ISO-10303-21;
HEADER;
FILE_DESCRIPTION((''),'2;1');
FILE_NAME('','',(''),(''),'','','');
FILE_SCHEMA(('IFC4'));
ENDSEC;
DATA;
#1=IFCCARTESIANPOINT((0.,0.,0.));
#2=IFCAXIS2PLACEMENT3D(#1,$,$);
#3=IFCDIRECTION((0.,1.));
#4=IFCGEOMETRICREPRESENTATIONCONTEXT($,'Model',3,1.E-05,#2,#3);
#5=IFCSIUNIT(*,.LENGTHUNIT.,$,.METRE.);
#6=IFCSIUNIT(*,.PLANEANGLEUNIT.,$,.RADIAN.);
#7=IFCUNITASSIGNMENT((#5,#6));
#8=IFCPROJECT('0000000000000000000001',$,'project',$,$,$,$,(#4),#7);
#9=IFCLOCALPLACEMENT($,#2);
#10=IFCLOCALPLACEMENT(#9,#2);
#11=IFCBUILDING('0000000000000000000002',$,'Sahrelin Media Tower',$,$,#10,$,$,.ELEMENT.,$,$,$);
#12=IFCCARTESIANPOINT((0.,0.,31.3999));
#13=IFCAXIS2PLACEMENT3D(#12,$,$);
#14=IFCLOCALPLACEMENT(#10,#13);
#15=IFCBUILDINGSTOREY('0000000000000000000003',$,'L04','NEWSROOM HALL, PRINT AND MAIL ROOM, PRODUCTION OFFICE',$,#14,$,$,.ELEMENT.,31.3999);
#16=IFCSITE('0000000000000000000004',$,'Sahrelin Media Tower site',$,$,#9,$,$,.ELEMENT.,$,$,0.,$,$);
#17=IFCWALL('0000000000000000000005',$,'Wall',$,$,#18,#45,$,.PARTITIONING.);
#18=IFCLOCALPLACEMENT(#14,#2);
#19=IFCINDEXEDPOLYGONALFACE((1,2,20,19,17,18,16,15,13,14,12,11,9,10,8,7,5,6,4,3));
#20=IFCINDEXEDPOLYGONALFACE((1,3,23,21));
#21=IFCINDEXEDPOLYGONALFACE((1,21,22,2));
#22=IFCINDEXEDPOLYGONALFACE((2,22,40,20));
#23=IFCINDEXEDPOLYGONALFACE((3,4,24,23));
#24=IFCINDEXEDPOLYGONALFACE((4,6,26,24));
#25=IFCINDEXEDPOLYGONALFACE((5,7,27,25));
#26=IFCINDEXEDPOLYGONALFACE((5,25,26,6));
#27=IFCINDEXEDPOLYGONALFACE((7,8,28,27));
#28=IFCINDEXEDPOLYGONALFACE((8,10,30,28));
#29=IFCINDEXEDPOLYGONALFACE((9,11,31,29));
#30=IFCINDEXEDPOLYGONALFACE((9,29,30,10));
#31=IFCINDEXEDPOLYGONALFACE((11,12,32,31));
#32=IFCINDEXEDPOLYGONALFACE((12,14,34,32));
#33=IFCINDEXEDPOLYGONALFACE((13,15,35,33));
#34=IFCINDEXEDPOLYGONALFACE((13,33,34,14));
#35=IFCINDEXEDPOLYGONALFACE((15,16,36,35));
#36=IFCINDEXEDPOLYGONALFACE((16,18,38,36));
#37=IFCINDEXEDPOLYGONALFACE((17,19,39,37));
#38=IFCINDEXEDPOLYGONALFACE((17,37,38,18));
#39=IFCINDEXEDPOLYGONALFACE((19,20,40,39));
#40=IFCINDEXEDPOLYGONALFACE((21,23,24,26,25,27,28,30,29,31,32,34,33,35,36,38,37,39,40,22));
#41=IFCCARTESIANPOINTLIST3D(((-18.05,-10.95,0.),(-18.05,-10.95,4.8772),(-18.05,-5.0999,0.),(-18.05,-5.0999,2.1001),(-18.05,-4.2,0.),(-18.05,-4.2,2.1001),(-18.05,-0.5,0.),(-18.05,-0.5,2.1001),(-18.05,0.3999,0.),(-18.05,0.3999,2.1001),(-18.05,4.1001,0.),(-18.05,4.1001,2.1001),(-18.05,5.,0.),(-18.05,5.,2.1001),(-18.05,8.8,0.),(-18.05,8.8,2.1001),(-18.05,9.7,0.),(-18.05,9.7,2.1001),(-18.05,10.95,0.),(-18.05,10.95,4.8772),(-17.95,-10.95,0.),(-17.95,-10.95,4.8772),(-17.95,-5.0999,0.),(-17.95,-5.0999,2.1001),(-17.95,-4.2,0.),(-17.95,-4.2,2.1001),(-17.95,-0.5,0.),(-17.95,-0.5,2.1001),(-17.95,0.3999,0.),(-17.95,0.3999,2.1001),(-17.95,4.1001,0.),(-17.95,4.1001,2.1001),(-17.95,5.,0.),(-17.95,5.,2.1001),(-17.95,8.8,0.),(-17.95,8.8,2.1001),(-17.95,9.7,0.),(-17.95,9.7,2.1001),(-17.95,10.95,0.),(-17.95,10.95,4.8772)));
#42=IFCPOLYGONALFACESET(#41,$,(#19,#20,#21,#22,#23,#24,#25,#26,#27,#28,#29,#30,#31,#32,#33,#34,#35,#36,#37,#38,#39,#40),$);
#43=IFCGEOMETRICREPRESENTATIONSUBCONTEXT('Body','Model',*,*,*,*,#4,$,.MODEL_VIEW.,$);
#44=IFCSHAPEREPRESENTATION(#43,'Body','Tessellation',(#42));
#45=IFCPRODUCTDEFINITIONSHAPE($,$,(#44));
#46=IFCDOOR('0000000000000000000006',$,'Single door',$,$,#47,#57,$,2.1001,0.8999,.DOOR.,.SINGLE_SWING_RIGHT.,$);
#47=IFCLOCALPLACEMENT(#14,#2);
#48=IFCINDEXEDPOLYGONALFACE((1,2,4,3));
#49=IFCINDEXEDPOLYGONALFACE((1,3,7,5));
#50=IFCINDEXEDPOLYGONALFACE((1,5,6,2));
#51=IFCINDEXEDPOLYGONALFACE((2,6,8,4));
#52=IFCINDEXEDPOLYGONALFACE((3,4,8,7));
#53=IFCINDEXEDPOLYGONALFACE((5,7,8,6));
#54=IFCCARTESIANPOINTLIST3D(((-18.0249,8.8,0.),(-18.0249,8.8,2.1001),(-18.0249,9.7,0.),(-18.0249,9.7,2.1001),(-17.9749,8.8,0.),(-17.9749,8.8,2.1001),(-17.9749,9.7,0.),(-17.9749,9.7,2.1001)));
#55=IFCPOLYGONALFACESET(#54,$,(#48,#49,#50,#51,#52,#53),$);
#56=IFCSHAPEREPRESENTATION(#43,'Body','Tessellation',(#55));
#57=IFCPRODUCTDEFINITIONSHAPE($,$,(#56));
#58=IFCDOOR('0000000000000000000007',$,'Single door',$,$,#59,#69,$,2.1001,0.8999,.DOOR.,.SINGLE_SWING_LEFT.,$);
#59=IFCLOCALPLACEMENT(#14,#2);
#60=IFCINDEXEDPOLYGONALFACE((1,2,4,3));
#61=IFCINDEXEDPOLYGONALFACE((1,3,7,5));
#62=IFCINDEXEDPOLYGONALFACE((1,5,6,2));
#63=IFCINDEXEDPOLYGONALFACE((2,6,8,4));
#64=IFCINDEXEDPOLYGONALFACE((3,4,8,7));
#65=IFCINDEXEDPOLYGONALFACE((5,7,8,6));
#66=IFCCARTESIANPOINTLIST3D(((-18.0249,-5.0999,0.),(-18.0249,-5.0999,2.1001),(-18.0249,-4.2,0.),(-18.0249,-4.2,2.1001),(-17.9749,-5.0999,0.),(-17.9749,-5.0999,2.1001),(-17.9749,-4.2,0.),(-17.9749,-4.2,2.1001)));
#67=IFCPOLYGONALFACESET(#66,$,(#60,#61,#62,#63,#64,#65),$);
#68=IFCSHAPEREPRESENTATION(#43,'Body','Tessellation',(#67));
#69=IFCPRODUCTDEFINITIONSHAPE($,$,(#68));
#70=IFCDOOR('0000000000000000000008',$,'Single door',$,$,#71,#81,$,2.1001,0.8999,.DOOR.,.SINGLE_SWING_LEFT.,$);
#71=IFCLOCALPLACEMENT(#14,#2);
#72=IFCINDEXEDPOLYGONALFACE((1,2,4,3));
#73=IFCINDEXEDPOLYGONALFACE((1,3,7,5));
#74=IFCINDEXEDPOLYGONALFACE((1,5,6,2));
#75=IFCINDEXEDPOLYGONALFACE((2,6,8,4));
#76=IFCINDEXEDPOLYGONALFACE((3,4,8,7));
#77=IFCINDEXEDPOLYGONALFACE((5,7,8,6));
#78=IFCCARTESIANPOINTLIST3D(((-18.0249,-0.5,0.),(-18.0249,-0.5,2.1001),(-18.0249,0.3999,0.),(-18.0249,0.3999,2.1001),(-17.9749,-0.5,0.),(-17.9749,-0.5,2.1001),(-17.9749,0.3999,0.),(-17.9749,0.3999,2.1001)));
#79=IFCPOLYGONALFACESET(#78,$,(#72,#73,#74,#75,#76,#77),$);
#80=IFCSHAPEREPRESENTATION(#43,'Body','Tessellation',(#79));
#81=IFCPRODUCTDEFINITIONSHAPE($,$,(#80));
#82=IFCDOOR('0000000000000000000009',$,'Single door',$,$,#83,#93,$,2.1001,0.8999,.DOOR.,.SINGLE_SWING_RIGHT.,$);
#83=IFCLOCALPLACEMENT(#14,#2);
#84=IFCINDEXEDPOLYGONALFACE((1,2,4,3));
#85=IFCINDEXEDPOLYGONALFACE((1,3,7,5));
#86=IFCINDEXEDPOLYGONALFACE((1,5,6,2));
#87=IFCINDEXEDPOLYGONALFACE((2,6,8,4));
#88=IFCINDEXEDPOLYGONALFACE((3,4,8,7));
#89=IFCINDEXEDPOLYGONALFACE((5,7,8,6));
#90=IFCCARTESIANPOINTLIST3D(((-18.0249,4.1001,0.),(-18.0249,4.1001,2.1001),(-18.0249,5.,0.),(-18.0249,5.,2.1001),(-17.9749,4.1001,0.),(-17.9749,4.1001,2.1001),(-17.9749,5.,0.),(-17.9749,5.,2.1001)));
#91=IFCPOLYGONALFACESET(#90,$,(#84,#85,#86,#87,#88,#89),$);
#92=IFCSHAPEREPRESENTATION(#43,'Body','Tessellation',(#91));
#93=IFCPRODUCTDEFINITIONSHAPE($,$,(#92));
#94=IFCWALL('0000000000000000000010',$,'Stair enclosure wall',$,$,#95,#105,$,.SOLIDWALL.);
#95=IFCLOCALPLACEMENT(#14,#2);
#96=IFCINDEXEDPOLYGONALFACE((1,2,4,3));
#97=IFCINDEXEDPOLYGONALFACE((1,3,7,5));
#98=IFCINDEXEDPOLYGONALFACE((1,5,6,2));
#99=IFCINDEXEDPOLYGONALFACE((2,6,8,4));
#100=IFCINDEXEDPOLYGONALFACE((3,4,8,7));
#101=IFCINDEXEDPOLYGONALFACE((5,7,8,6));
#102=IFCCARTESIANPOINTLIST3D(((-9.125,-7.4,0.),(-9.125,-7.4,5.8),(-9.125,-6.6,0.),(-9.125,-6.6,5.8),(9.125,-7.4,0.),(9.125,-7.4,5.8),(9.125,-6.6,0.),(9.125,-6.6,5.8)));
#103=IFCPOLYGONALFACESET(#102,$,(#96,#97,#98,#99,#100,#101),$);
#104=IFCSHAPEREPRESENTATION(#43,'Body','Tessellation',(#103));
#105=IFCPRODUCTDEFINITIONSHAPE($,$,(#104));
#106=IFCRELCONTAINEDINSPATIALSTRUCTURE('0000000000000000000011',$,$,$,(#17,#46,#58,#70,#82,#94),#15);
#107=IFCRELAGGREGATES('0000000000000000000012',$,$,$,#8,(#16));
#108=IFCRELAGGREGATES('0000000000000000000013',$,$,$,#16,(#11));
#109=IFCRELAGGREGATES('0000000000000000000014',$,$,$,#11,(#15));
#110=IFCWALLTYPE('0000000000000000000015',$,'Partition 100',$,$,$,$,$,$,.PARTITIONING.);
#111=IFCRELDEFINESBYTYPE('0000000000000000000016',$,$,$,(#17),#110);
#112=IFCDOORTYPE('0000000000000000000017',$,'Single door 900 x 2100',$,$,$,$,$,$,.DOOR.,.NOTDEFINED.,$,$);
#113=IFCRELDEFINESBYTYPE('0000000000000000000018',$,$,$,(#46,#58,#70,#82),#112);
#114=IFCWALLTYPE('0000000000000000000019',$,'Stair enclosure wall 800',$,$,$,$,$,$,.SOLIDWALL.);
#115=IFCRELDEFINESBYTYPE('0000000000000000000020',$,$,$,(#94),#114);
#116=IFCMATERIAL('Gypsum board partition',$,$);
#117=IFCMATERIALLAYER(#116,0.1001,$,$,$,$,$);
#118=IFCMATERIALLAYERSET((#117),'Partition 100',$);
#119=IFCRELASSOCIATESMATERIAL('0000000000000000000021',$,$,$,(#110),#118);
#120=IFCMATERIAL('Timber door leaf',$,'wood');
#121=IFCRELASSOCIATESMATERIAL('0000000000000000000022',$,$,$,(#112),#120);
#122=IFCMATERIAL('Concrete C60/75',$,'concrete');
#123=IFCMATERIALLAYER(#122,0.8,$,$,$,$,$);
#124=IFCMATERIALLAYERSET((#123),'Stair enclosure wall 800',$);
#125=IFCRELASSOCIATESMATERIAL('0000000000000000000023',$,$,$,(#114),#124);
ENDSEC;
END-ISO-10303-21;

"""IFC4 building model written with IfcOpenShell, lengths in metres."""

from ifc_helpers import new_model, si_unit, direction, frame, frame_2d, origin, place, context, subcontext, project, spatial, rectangle, extrude, material, layer, layer_set, type_object, element, fill, save


model = new_model("IFC4")

# Units and contexts
model_context = context("Model", 3, precision=1e-05, world=origin(), true_north=direction((0.0, 1.0)))
body_context = subcontext(model_context, "Body", "Model", "MODEL_VIEW")
ifc_project = project(units=[si_unit("LENGTHUNIT", "METRE"), si_unit("PLANEANGLEUNIT", "RADIAN")], contexts=[model_context])

# Site, building, storey
site_placement = place(None, origin())
site = spatial("IfcSite", under=ifc_project, at=site_placement, Name="Sahrelin Media Tower site", CompositionType="ELEMENT", RefElevation=0.0)
building_placement = place(site_placement, origin())
building = spatial("IfcBuilding", under=site, at=building_placement, Name="Sahrelin Media Tower", CompositionType="ELEMENT")
storey_placement = place(building_placement, frame((0.0, 0.0, 31.3999)))
storey = spatial("IfcBuildingStorey", under=building, at=storey_placement, Name="L04", Description="NEWSROOM HALL, PRINT AND MAIL ROOM, PRODUCTION OFFICE", CompositionType="ELEMENT", Elevation=31.3999)

# Wall, openings, doors
ifc_material_1 = material(Name="Concrete C60/75", Category="concrete")
ifc_material_2 = material(Name="Gypsum board partition")
ifc_layer_1 = layer(ifc_material_2, 0.1001)
ifc_layer_set_1 = layer_set([ifc_layer_1], Name="Partition 100")
wall_type_1 = type_object("IfcWallType", Name="Partition 100", PredefinedType="PARTITIONING", material=ifc_layer_set_1)
wall_1_placement = place(storey_placement, frame((-18.0, -10.95, 0.0), z_axis=(0.0, 0.0, 1.0), x_axis=(0.0, 1.0, 0.0)))
wall_1 = element("IfcWall", 1, at=wall_1_placement, inside=storey, type_object=wall_type_1, Name="Wall", PredefinedType="PARTITIONING", context=body_context, shape_type="SweptSolid", body=[
    extrude(rectangle(XDim=21.8999, YDim=0.1001, at=frame_2d((10.95, 0.0))), origin(), (0.0, 0.0, 1.0), 4.8772),
])
opening_1_placement = place(wall_1_placement, frame((19.75, 0.0, 0.0)))
opening_1 = element("IfcOpeningElement", 2, at=opening_1_placement, cuts=wall_1, PredefinedType="OPENING", context=body_context, shape_type="SweptSolid", body=[
    extrude(rectangle(XDim=0.8999, YDim=2.1001, at=frame_2d((0.45, 1.05))), frame((0.0, 0.05, 0.0), z_axis=(0.0, -1.0, 0.0), x_axis=(1.0, 0.0, 0.0)), (0.0, 0.0, 1.0), 0.1001),
])
opening_2_placement = place(wall_1_placement, frame((5.8501, 0.0, 0.0)))
opening_2 = element("IfcOpeningElement", 3, at=opening_2_placement, cuts=wall_1, PredefinedType="OPENING", context=body_context, shape_type="SweptSolid", body=[
    extrude(rectangle(XDim=0.8999, YDim=2.1001, at=frame_2d((0.45, 1.05))), frame((0.0, 0.05, 0.0), z_axis=(0.0, -1.0, 0.0), x_axis=(1.0, 0.0, 0.0)), (0.0, 0.0, 1.0), 0.1001),
])
opening_3_placement = place(wall_1_placement, frame((10.45, 0.0, 0.0)))
opening_3 = element("IfcOpeningElement", 4, at=opening_3_placement, cuts=wall_1, PredefinedType="OPENING", context=body_context, shape_type="SweptSolid", body=[
    extrude(rectangle(XDim=0.8999, YDim=2.1001, at=frame_2d((0.45, 1.05))), frame((0.0, 0.05, 0.0), z_axis=(0.0, -1.0, 0.0), x_axis=(1.0, 0.0, 0.0)), (0.0, 0.0, 1.0), 0.1001),
])
opening_4_placement = place(wall_1_placement, frame((15.05, 0.0, 0.0)))
opening_4 = element("IfcOpeningElement", 5, at=opening_4_placement, cuts=wall_1, PredefinedType="OPENING", context=body_context, shape_type="SweptSolid", body=[
    extrude(rectangle(XDim=0.8999, YDim=2.1001, at=frame_2d((0.45, 1.05))), frame((0.0, 0.05, 0.0), z_axis=(0.0, -1.0, 0.0), x_axis=(1.0, 0.0, 0.0)), (0.0, 0.0, 1.0), 0.1001),
])
ifc_material_3 = material(Name="Timber door leaf", Category="wood")
door_type_1 = type_object("IfcDoorType", Name="Single door 900 x 2100", OperationType="NOTDEFINED", PredefinedType="DOOR", material=ifc_material_3)
door_1_placement = place(opening_1_placement, origin())
door_1 = element("IfcDoor", 6, at=door_1_placement, inside=storey, type_object=door_type_1, Name="Single door", OperationType="SINGLE_SWING_RIGHT", OverallHeight=2.1001, OverallWidth=0.8999, PredefinedType="DOOR", context=body_context, shape_type="SweptSolid", body=[
    extrude(rectangle(XDim=0.8999, YDim=2.1001, at=frame_2d((0.45, 1.05))), frame((0.0, 0.0249, 0.0), z_axis=(0.0, -1.0, 0.0), x_axis=(1.0, 0.0, 0.0)), (0.0, 0.0, 1.0), 0.05),
])
fill(opening_1, door_1)
door_2_placement = place(opening_2_placement, origin())
door_2 = element("IfcDoor", 7, at=door_2_placement, inside=storey, type_object=door_type_1, Name="Single door", OperationType="SINGLE_SWING_LEFT", OverallHeight=2.1001, OverallWidth=0.8999, PredefinedType="DOOR", context=body_context, shape_type="SweptSolid", body=[
    extrude(rectangle(XDim=0.8999, YDim=2.1001, at=frame_2d((0.45, 1.05))), frame((0.0, 0.0249, 0.0), z_axis=(0.0, -1.0, 0.0), x_axis=(1.0, 0.0, 0.0)), (0.0, 0.0, 1.0), 0.05),
])
fill(opening_2, door_2)
door_3_placement = place(opening_3_placement, origin())
door_3 = element("IfcDoor", 8, at=door_3_placement, inside=storey, type_object=door_type_1, Name="Single door", OperationType="SINGLE_SWING_LEFT", OverallHeight=2.1001, OverallWidth=0.8999, PredefinedType="DOOR", context=body_context, shape_type="SweptSolid", body=[
    extrude(rectangle(XDim=0.8999, YDim=2.1001, at=frame_2d((0.45, 1.05))), frame((0.0, 0.0249, 0.0), z_axis=(0.0, -1.0, 0.0), x_axis=(1.0, 0.0, 0.0)), (0.0, 0.0, 1.0), 0.05),
])
fill(opening_3, door_3)
door_4_placement = place(opening_4_placement, origin())
door_4 = element("IfcDoor", 9, at=door_4_placement, inside=storey, type_object=door_type_1, Name="Single door", OperationType="SINGLE_SWING_RIGHT", OverallHeight=2.1001, OverallWidth=0.8999, PredefinedType="DOOR", context=body_context, shape_type="SweptSolid", body=[
    extrude(rectangle(XDim=0.8999, YDim=2.1001, at=frame_2d((0.45, 1.05))), frame((0.0, 0.0249, 0.0), z_axis=(0.0, -1.0, 0.0), x_axis=(1.0, 0.0, 0.0)), (0.0, 0.0, 1.0), 0.05),
])
fill(opening_4, door_4)

# Wall
ifc_layer_2 = layer(ifc_material_1, 0.8)
ifc_layer_set_2 = layer_set([ifc_layer_2], Name="Stair enclosure wall 800")
wall_type_2 = type_object("IfcWallType", Name="Stair enclosure wall 800", PredefinedType="SOLIDWALL", material=ifc_layer_set_2)
wall_2_placement = place(storey_placement, frame((-9.125, -7.0, 0.0), z_axis=(0.0, 0.0, 1.0), x_axis=(1.0, 0.0, 0.0)))
element("IfcWall", 10, at=wall_2_placement, inside=storey, type_object=wall_type_2, Name="Stair enclosure wall", PredefinedType="SOLIDWALL", context=body_context, shape_type="SweptSolid", body=[
    extrude(rectangle(XDim=18.25, YDim=0.8, at=frame_2d((9.125, 0.0))), origin(), (0.0, 0.0, 1.0), 5.8),
])

save(model, "model.ifc")
